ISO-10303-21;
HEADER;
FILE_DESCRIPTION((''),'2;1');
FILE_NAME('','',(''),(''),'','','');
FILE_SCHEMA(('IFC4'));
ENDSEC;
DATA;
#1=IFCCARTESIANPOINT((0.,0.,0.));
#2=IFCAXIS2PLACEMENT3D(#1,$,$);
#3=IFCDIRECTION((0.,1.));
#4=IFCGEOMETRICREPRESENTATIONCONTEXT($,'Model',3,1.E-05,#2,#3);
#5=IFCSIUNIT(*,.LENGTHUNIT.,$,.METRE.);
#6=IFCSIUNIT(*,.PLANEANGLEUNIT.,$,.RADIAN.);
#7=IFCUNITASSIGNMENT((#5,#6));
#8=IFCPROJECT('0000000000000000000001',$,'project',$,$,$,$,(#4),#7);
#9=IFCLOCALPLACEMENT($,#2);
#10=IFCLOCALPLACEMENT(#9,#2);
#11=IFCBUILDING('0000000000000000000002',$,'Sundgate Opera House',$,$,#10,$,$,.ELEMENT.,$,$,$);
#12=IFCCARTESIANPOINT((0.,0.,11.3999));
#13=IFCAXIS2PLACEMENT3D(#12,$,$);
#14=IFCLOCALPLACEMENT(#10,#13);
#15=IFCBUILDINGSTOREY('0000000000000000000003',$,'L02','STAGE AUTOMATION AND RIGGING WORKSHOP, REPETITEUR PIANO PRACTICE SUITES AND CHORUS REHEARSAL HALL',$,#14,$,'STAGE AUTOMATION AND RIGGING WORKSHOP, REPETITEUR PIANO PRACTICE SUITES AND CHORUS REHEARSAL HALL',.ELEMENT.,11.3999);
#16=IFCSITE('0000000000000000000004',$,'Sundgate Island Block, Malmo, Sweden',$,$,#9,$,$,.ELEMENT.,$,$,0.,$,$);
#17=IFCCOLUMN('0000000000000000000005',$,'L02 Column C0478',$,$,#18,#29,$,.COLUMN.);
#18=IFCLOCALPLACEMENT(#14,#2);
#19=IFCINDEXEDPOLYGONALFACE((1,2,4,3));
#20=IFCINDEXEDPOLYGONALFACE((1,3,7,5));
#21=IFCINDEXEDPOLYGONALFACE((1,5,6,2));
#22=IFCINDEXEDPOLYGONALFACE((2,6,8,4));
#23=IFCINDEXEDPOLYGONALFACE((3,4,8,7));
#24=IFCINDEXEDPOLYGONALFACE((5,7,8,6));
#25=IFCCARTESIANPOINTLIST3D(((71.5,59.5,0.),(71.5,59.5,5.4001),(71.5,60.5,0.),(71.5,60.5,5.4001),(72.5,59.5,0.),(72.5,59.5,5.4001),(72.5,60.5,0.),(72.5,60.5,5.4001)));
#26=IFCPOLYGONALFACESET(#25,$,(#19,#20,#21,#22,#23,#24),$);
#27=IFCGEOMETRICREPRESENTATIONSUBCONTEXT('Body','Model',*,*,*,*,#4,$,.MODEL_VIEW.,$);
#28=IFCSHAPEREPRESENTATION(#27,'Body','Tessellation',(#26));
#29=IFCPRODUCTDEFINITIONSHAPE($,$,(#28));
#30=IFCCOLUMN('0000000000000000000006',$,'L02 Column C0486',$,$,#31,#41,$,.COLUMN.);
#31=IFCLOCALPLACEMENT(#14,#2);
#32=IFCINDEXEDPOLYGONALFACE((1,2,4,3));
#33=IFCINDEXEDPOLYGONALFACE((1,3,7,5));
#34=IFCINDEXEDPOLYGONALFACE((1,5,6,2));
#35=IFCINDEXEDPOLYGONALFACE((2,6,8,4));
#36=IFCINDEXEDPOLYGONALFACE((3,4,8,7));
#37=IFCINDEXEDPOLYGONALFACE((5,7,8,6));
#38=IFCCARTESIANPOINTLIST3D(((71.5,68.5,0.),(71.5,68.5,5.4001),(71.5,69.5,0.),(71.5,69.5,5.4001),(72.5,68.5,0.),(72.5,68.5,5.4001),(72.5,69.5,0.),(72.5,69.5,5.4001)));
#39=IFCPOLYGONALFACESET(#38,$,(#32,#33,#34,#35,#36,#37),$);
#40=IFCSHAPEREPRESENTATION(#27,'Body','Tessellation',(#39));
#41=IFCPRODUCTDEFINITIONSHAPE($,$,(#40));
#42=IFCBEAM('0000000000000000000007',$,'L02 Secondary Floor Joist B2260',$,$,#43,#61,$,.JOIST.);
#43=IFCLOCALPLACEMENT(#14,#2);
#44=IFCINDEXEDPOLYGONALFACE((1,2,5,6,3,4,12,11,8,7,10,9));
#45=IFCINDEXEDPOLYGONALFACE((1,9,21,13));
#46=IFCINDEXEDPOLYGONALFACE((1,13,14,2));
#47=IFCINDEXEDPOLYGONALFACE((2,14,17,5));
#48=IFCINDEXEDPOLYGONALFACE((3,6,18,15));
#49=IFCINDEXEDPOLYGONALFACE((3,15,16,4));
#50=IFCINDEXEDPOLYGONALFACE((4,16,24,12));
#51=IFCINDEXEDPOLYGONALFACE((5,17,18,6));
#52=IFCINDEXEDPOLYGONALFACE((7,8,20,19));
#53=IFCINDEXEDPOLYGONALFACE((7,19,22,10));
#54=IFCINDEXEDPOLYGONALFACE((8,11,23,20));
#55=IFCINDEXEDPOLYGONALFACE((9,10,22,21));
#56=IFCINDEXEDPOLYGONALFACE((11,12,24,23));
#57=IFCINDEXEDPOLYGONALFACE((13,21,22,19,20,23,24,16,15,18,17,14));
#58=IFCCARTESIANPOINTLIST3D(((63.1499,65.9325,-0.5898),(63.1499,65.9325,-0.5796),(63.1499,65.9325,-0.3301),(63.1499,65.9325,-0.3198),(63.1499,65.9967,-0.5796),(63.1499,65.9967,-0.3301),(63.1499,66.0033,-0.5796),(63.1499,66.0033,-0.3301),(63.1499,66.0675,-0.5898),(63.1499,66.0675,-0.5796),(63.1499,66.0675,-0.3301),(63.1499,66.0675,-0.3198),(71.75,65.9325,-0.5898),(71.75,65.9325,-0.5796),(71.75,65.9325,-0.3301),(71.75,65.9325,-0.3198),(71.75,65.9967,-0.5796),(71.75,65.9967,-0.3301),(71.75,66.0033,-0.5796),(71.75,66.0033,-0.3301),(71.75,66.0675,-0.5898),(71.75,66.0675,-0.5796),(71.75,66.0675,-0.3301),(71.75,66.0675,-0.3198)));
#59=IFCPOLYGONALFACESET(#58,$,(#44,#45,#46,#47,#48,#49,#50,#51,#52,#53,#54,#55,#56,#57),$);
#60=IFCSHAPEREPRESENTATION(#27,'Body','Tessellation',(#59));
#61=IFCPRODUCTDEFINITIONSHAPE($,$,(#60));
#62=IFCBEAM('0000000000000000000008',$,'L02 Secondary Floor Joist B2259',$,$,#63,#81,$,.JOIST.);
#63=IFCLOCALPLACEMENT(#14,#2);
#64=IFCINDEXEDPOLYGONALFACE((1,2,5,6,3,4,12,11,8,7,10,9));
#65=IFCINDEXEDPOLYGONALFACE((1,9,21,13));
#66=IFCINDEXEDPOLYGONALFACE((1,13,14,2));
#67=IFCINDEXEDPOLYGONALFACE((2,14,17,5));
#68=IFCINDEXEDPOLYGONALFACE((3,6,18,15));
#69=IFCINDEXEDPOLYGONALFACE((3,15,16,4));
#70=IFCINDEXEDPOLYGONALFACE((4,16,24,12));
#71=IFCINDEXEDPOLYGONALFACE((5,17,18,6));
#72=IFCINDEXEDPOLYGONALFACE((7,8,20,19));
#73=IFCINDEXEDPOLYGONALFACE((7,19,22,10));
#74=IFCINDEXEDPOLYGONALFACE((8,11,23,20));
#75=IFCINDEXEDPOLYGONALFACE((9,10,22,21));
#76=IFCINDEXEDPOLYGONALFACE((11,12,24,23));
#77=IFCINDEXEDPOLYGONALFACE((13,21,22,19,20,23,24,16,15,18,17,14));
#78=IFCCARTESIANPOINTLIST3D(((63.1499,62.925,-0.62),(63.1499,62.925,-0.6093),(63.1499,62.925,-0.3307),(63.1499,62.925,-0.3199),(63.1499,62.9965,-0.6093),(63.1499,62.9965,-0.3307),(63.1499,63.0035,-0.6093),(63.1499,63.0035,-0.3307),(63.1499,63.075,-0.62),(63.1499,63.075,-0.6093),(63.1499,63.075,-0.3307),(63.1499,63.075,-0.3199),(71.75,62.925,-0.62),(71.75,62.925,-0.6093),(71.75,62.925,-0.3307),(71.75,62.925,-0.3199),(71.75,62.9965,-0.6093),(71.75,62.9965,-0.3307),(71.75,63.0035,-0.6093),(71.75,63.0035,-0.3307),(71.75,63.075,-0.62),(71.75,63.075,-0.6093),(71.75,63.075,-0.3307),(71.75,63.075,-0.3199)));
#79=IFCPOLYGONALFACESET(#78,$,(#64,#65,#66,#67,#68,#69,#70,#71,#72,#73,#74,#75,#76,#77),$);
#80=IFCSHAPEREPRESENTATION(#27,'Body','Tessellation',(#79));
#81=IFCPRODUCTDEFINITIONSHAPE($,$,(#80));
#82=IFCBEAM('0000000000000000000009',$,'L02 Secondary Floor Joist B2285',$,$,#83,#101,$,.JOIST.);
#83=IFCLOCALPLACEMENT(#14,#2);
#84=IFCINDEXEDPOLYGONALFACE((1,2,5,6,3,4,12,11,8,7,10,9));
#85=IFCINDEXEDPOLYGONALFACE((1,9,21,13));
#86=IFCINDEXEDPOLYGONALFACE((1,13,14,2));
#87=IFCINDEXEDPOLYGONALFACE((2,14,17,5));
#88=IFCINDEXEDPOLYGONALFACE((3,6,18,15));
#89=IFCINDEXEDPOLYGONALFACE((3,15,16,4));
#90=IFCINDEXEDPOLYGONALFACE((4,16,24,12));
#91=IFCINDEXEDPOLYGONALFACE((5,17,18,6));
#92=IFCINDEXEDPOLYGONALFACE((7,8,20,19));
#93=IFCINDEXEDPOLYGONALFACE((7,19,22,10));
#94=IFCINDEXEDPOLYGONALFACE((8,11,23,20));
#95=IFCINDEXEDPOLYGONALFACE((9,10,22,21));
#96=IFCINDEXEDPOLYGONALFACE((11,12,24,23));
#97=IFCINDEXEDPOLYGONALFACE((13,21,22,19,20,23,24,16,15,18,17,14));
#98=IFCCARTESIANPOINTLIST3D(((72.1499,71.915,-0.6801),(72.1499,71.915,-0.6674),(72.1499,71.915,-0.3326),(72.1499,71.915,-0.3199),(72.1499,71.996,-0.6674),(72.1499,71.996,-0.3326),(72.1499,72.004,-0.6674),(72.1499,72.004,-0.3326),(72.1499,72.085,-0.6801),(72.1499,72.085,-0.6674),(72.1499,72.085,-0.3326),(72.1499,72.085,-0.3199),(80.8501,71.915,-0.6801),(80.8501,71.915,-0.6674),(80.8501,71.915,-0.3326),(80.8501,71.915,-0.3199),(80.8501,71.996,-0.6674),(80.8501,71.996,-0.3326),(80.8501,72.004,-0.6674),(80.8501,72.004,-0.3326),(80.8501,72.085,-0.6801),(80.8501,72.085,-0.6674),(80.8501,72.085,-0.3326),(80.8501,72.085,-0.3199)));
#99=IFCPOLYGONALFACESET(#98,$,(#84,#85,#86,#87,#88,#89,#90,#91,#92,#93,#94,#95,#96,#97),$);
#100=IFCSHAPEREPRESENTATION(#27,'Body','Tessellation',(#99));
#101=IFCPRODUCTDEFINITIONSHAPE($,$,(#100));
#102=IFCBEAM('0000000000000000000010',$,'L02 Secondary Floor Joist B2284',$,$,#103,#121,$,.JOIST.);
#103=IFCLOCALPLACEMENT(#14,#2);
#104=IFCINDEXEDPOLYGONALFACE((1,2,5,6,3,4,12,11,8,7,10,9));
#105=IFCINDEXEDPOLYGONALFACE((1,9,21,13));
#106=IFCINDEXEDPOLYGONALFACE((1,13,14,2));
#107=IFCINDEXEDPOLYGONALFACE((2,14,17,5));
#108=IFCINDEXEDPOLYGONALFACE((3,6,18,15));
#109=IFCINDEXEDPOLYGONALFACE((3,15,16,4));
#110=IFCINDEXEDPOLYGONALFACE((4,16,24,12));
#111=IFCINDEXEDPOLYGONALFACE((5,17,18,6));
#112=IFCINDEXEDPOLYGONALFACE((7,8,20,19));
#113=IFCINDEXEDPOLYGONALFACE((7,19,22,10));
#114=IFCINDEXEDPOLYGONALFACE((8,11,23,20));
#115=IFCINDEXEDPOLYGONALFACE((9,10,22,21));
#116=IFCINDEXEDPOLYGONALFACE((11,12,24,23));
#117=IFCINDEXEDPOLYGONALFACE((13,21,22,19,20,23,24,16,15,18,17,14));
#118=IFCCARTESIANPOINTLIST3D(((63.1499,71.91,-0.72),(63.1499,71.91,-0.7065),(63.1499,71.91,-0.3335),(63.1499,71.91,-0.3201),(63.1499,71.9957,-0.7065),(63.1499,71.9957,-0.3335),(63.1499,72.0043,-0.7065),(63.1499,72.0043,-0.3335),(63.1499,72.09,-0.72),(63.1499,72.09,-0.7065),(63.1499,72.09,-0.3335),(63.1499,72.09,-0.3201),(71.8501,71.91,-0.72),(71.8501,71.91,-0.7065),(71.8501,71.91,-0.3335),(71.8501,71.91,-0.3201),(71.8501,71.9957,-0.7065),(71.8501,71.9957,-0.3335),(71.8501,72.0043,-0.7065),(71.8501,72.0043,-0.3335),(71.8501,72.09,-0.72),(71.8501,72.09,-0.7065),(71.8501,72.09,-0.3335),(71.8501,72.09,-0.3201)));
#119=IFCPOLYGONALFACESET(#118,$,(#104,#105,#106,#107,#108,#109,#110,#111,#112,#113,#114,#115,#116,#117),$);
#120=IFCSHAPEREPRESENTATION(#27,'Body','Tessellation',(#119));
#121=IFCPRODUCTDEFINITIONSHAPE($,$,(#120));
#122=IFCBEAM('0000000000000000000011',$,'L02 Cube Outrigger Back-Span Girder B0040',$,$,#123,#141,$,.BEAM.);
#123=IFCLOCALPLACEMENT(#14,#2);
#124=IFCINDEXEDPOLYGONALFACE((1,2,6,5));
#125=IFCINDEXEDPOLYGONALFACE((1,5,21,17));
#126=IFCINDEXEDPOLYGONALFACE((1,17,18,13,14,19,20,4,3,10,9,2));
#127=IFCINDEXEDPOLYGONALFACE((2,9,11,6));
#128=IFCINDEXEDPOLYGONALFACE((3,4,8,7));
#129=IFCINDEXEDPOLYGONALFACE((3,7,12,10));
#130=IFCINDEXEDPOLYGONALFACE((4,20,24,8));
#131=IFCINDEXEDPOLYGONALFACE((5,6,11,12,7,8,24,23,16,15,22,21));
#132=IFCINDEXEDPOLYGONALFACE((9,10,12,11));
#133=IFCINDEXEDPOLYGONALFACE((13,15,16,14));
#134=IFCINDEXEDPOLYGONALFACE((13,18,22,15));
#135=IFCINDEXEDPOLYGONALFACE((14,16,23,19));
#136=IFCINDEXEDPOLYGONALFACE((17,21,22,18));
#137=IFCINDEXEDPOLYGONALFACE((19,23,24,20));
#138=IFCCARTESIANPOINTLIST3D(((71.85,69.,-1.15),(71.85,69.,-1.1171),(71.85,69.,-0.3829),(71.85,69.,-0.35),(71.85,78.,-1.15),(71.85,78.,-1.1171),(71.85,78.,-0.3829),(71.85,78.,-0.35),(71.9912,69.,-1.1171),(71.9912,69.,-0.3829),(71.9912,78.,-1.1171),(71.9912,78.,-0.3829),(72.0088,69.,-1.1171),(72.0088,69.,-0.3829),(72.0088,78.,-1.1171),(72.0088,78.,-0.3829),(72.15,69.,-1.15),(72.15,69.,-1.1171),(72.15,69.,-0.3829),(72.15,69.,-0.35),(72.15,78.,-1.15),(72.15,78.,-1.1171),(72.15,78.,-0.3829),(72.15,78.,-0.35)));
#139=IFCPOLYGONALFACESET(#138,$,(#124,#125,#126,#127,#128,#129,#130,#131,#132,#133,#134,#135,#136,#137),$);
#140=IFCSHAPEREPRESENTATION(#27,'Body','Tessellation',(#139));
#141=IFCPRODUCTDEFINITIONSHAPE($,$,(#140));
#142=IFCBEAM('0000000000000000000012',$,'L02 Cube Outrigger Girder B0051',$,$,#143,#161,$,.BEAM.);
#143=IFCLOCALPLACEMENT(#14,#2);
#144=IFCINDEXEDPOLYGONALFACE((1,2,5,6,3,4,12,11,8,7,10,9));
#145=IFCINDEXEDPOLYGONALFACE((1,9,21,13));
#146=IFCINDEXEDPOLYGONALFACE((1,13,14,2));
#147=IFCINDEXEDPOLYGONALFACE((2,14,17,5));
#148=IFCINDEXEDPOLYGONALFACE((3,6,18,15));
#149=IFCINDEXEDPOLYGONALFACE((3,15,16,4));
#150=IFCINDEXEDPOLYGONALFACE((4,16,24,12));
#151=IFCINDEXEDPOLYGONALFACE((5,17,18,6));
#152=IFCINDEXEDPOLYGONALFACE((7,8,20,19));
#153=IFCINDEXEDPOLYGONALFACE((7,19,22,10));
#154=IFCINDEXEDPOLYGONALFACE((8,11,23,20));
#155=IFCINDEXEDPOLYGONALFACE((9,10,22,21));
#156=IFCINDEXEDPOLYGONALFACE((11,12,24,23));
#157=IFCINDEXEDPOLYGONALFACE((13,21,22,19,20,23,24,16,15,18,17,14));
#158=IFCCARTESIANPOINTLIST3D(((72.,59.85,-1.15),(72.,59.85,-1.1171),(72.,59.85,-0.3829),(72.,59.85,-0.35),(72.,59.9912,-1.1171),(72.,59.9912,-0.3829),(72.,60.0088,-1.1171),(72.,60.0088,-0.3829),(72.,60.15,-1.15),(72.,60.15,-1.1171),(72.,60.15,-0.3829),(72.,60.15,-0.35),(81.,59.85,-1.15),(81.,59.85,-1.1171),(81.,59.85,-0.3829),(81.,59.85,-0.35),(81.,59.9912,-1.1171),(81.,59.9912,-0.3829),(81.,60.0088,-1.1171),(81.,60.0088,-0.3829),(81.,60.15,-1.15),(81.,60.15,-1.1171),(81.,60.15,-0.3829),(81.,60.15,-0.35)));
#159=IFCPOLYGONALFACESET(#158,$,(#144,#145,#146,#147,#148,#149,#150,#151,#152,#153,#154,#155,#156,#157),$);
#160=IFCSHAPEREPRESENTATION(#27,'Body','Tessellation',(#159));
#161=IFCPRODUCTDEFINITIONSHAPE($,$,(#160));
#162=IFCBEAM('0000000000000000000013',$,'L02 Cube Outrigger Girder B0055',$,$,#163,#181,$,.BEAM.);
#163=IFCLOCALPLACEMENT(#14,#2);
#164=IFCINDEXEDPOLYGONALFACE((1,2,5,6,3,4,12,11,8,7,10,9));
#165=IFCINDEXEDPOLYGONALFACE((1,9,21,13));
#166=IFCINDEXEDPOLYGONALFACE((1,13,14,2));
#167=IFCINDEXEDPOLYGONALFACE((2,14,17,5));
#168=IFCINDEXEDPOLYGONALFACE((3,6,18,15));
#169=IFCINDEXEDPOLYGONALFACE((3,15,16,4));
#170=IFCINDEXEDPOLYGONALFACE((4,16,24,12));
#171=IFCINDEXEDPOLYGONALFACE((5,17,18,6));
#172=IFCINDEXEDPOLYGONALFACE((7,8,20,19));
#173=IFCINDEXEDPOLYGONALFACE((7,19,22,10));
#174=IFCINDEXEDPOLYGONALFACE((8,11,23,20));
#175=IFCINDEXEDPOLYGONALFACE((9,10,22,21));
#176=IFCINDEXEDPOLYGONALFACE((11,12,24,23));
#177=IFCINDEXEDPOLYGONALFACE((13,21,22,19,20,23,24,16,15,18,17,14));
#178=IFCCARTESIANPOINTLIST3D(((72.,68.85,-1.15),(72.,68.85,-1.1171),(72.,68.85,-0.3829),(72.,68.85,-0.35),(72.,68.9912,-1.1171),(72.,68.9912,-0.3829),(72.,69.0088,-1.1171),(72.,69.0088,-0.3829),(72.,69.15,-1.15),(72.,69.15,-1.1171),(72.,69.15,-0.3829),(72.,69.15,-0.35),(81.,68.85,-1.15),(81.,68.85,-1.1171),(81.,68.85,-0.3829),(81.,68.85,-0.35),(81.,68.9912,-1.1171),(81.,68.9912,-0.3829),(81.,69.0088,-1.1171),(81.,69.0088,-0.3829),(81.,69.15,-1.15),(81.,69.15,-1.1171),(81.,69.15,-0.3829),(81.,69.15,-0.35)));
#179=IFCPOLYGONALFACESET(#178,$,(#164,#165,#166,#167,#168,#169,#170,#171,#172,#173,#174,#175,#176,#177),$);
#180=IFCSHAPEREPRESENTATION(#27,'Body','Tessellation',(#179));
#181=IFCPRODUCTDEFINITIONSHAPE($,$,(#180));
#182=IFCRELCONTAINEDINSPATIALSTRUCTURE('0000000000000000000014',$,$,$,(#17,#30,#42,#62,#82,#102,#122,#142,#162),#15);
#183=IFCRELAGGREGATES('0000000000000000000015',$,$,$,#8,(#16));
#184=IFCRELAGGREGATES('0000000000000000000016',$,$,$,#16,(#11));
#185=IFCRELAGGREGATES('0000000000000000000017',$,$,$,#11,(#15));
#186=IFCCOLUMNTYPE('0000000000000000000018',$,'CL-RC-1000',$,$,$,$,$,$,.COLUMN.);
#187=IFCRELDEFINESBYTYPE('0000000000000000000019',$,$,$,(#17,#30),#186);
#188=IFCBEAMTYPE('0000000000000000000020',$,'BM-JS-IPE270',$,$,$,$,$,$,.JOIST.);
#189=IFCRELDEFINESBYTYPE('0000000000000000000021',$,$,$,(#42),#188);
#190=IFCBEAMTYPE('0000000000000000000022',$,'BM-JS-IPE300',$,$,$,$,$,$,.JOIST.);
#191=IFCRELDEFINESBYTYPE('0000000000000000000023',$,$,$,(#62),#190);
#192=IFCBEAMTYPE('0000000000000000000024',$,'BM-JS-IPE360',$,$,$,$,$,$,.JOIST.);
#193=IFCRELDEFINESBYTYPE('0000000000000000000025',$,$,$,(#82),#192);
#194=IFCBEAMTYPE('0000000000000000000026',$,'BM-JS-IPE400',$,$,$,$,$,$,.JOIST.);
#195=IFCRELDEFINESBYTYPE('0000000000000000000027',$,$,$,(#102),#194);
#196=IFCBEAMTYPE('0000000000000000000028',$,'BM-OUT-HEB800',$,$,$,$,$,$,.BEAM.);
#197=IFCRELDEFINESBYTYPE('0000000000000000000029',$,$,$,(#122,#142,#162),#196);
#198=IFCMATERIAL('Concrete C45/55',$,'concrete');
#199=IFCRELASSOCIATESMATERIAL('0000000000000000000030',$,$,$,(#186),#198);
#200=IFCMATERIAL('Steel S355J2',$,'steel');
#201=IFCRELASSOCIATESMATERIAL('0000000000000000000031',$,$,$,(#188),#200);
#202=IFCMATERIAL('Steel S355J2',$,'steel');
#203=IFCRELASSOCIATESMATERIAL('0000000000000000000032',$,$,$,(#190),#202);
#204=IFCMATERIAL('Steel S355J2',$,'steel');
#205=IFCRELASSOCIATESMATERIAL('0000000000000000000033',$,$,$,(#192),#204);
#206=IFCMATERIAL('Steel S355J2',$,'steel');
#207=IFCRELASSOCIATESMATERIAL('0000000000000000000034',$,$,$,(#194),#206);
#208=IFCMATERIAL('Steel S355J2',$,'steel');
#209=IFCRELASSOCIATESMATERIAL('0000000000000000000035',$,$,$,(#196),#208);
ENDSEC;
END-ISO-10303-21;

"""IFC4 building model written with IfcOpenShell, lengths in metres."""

from ifc_helpers import new_model, si_unit, direction, frame, origin, origin_2d, place, context, subcontext, project, spatial, rectangle, i_section, extrude, material, material_profile, profile_set, type_object, element, save


model = new_model("IFC4")

# Units and contexts
model_context = context("Model", 3, precision=1e-05, world=origin(), true_north=direction((0.0, 1.0)))
body_context = subcontext(model_context, "Body", "Model", "MODEL_VIEW")
ifc_project = project(units=[si_unit("LENGTHUNIT", "METRE"), si_unit("PLANEANGLEUNIT", "RADIAN")], contexts=[model_context])

# Site, building, storey
site_placement = place(None, origin())
site = spatial("IfcSite", under=ifc_project, at=site_placement, Name="Sundgate Island Block, Malmo, Sweden", CompositionType="ELEMENT", RefElevation=0.0)
building_placement = place(site_placement, origin())
building = spatial("IfcBuilding", under=site, at=building_placement, Name="Sundgate Opera House", CompositionType="ELEMENT")
storey_placement = place(building_placement, frame((0.0, 0.0, 11.3999)))
storey = spatial("IfcBuildingStorey", under=building, at=storey_placement, Name="L02", Description="STAGE AUTOMATION AND RIGGING WORKSHOP, REPETITEUR PIANO PRACTICE SUITES AND CHORUS REHEARSAL HALL", LongName="STAGE AUTOMATION AND RIGGING WORKSHOP, REPETITEUR PIANO PRACTICE SUITES AND CHORUS REHEARSAL HALL", CompositionType="ELEMENT", Elevation=11.3999)

# Columns
ifc_material_1 = material(Name="Concrete C45/55", Category="concrete")
ifc_material_profile_1 = material_profile(ifc_material_1, rectangle(XDim=1.0, YDim=1.0, at=origin_2d()), Name="RC 1000x1000")
ifc_profile_set_1 = profile_set([ifc_material_profile_1], Name="Concrete C45/55")
column_type = type_object("IfcColumnType", Name="CL-RC-1000", PredefinedType="COLUMN", material=ifc_profile_set_1)
for number, where, z_axis, x_axis, name in (
    (1, (72.0, 60.0, 0.0), (0.0, 0.0, 1.0), (1.0, 0.0, 0.0), "L02 Column C0478"),
    (2, (72.0, 69.0, 0.0), (0.0, 0.0, 1.0), (1.0, 0.0, 0.0), "L02 Column C0486"),
):
    element("IfcColumn", number, at=place(storey_placement, frame(where, z_axis=z_axis, x_axis=x_axis)), inside=storey, type_object=column_type, Name=name, PredefinedType="COLUMN", context=body_context, shape_type="SweptSolid", body=[
        extrude(rectangle(XDim=1.0, YDim=1.0, at=origin_2d()), origin(), (0.0, 0.0, 1.0), 5.4001),
    ])

# Beams
ifc_material_2 = material(Name="Steel S355J2", Category="steel")
ifc_material_profile_2 = material_profile(ifc_material_2, i_section(OverallWidth=0.135, OverallDepth=0.27, WebThickness=0.0066, FlangeThickness=0.0103, at=origin_2d()), Name="IPE 270")
ifc_profile_set_2 = profile_set([ifc_material_profile_2], Name="Steel S355J2")
beam_type_1 = type_object("IfcBeamType", Name="BM-JS-IPE270", PredefinedType="JOIST", material=ifc_profile_set_2)
beam_1_placement = place(storey_placement, frame((63.1499, 66.0, -0.4548), z_axis=(1.0, 0.0, 0.0), x_axis=(0.0, 1.0, 0.0)))
element("IfcBeam", 3, at=beam_1_placement, inside=storey, type_object=beam_type_1, Name="L02 Secondary Floor Joist B2260", PredefinedType="JOIST", context=body_context, shape_type="SweptSolid", body=[
    extrude(i_section(OverallWidth=0.135, OverallDepth=0.27, WebThickness=0.0066, FlangeThickness=0.0103, at=origin_2d()), origin(), (0.0, 0.0, 1.0), 8.6001),
])
ifc_material_3 = material(Name="Steel S355J2", Category="steel")
ifc_material_profile_3 = material_profile(ifc_material_3, i_section(OverallWidth=0.1499, OverallDepth=0.3, WebThickness=0.0071, FlangeThickness=0.0107, at=origin_2d()), Name="IPE 300")
ifc_profile_set_3 = profile_set([ifc_material_profile_3], Name="Steel S355J2")
beam_type_2 = type_object("IfcBeamType", Name="BM-JS-IPE300", PredefinedType="JOIST", material=ifc_profile_set_3)
beam_2_placement = place(storey_placement, frame((63.1499, 63.0, -0.47), z_axis=(1.0, 0.0, 0.0), x_axis=(0.0, 1.0, 0.0)))
element("IfcBeam", 4, at=beam_2_placement, inside=storey, type_object=beam_type_2, Name="L02 Secondary Floor Joist B2259", PredefinedType="JOIST", context=body_context, shape_type="SweptSolid", body=[
    extrude(i_section(OverallWidth=0.1499, OverallDepth=0.3, WebThickness=0.0071, FlangeThickness=0.0107, at=origin_2d()), origin(), (0.0, 0.0, 1.0), 8.6001),
])
ifc_material_4 = material(Name="Steel S355J2", Category="steel")
ifc_material_profile_4 = material_profile(ifc_material_4, i_section(OverallWidth=0.1699, OverallDepth=0.3601, WebThickness=0.0081, FlangeThickness=0.0127, at=origin_2d()), Name="IPE 360")
ifc_profile_set_4 = profile_set([ifc_material_profile_4], Name="Steel S355J2")
beam_type_3 = type_object("IfcBeamType", Name="BM-JS-IPE360", PredefinedType="JOIST", material=ifc_profile_set_4)
beam_3_placement = place(storey_placement, frame((72.1499, 72.0, -0.5), z_axis=(1.0, 0.0, 0.0), x_axis=(0.0, 1.0, 0.0)))
element("IfcBeam", 5, at=beam_3_placement, inside=storey, type_object=beam_type_3, Name="L02 Secondary Floor Joist B2285", PredefinedType="JOIST", context=body_context, shape_type="SweptSolid", body=[
    extrude(i_section(OverallWidth=0.1699, OverallDepth=0.3601, WebThickness=0.0081, FlangeThickness=0.0127, at=origin_2d()), origin(), (0.0, 0.0, 1.0), 8.7002),
])
ifc_material_5 = material(Name="Steel S355J2", Category="steel")
ifc_material_profile_5 = material_profile(ifc_material_5, i_section(OverallWidth=0.1799, OverallDepth=0.3999, WebThickness=0.0085, FlangeThickness=0.0134, at=origin_2d()), Name="IPE 400")
ifc_profile_set_5 = profile_set([ifc_material_profile_5], Name="Steel S355J2")
beam_type_4 = type_object("IfcBeamType", Name="BM-JS-IPE400", PredefinedType="JOIST", material=ifc_profile_set_5)
beam_4_placement = place(storey_placement, frame((63.1499, 72.0, -0.52), z_axis=(1.0, 0.0, 0.0), x_axis=(0.0, 1.0, 0.0)))
element("IfcBeam", 6, at=beam_4_placement, inside=storey, type_object=beam_type_4, Name="L02 Secondary Floor Joist B2284", PredefinedType="JOIST", context=body_context, shape_type="SweptSolid", body=[
    extrude(i_section(OverallWidth=0.1799, OverallDepth=0.3999, WebThickness=0.0085, FlangeThickness=0.0134, at=origin_2d()), origin(), (0.0, 0.0, 1.0), 8.7002),
])
ifc_material_6 = material(Name="Steel S355J2", Category="steel")
ifc_material_profile_6 = material_profile(ifc_material_6, i_section(OverallWidth=0.3, OverallDepth=0.8, WebThickness=0.0176, FlangeThickness=0.033, at=origin_2d()), Name="HEB 800")
ifc_profile_set_6 = profile_set([ifc_material_profile_6], Name="Steel S355J2")
beam_type_5 = type_object("IfcBeamType", Name="BM-OUT-HEB800", PredefinedType="BEAM", material=ifc_profile_set_6)
for number, where, z_axis, x_axis, name in (
    (7, (72.0, 69.0, -0.75), (0.0, 1.0, 0.0), (-1.0, 0.0, 0.0), "L02 Cube Outrigger Back-Span Girder B0040"),
    (8, (72.0, 60.0, -0.75), (1.0, 0.0, 0.0), (0.0, 1.0, 0.0), "L02 Cube Outrigger Girder B0051"),
    (9, (72.0, 69.0, -0.75), (1.0, 0.0, 0.0), (0.0, 1.0, 0.0), "L02 Cube Outrigger Girder B0055"),
):
    element("IfcBeam", number, at=place(storey_placement, frame(where, z_axis=z_axis, x_axis=x_axis)), inside=storey, type_object=beam_type_5, Name=name, PredefinedType="BEAM", context=body_context, shape_type="SweptSolid", body=[
        extrude(i_section(OverallWidth=0.3, OverallDepth=0.8, WebThickness=0.0176, FlangeThickness=0.033, at=origin_2d()), origin(), (0.0, 0.0, 1.0), 9.0),
    ])

save(model, "model.ifc")
